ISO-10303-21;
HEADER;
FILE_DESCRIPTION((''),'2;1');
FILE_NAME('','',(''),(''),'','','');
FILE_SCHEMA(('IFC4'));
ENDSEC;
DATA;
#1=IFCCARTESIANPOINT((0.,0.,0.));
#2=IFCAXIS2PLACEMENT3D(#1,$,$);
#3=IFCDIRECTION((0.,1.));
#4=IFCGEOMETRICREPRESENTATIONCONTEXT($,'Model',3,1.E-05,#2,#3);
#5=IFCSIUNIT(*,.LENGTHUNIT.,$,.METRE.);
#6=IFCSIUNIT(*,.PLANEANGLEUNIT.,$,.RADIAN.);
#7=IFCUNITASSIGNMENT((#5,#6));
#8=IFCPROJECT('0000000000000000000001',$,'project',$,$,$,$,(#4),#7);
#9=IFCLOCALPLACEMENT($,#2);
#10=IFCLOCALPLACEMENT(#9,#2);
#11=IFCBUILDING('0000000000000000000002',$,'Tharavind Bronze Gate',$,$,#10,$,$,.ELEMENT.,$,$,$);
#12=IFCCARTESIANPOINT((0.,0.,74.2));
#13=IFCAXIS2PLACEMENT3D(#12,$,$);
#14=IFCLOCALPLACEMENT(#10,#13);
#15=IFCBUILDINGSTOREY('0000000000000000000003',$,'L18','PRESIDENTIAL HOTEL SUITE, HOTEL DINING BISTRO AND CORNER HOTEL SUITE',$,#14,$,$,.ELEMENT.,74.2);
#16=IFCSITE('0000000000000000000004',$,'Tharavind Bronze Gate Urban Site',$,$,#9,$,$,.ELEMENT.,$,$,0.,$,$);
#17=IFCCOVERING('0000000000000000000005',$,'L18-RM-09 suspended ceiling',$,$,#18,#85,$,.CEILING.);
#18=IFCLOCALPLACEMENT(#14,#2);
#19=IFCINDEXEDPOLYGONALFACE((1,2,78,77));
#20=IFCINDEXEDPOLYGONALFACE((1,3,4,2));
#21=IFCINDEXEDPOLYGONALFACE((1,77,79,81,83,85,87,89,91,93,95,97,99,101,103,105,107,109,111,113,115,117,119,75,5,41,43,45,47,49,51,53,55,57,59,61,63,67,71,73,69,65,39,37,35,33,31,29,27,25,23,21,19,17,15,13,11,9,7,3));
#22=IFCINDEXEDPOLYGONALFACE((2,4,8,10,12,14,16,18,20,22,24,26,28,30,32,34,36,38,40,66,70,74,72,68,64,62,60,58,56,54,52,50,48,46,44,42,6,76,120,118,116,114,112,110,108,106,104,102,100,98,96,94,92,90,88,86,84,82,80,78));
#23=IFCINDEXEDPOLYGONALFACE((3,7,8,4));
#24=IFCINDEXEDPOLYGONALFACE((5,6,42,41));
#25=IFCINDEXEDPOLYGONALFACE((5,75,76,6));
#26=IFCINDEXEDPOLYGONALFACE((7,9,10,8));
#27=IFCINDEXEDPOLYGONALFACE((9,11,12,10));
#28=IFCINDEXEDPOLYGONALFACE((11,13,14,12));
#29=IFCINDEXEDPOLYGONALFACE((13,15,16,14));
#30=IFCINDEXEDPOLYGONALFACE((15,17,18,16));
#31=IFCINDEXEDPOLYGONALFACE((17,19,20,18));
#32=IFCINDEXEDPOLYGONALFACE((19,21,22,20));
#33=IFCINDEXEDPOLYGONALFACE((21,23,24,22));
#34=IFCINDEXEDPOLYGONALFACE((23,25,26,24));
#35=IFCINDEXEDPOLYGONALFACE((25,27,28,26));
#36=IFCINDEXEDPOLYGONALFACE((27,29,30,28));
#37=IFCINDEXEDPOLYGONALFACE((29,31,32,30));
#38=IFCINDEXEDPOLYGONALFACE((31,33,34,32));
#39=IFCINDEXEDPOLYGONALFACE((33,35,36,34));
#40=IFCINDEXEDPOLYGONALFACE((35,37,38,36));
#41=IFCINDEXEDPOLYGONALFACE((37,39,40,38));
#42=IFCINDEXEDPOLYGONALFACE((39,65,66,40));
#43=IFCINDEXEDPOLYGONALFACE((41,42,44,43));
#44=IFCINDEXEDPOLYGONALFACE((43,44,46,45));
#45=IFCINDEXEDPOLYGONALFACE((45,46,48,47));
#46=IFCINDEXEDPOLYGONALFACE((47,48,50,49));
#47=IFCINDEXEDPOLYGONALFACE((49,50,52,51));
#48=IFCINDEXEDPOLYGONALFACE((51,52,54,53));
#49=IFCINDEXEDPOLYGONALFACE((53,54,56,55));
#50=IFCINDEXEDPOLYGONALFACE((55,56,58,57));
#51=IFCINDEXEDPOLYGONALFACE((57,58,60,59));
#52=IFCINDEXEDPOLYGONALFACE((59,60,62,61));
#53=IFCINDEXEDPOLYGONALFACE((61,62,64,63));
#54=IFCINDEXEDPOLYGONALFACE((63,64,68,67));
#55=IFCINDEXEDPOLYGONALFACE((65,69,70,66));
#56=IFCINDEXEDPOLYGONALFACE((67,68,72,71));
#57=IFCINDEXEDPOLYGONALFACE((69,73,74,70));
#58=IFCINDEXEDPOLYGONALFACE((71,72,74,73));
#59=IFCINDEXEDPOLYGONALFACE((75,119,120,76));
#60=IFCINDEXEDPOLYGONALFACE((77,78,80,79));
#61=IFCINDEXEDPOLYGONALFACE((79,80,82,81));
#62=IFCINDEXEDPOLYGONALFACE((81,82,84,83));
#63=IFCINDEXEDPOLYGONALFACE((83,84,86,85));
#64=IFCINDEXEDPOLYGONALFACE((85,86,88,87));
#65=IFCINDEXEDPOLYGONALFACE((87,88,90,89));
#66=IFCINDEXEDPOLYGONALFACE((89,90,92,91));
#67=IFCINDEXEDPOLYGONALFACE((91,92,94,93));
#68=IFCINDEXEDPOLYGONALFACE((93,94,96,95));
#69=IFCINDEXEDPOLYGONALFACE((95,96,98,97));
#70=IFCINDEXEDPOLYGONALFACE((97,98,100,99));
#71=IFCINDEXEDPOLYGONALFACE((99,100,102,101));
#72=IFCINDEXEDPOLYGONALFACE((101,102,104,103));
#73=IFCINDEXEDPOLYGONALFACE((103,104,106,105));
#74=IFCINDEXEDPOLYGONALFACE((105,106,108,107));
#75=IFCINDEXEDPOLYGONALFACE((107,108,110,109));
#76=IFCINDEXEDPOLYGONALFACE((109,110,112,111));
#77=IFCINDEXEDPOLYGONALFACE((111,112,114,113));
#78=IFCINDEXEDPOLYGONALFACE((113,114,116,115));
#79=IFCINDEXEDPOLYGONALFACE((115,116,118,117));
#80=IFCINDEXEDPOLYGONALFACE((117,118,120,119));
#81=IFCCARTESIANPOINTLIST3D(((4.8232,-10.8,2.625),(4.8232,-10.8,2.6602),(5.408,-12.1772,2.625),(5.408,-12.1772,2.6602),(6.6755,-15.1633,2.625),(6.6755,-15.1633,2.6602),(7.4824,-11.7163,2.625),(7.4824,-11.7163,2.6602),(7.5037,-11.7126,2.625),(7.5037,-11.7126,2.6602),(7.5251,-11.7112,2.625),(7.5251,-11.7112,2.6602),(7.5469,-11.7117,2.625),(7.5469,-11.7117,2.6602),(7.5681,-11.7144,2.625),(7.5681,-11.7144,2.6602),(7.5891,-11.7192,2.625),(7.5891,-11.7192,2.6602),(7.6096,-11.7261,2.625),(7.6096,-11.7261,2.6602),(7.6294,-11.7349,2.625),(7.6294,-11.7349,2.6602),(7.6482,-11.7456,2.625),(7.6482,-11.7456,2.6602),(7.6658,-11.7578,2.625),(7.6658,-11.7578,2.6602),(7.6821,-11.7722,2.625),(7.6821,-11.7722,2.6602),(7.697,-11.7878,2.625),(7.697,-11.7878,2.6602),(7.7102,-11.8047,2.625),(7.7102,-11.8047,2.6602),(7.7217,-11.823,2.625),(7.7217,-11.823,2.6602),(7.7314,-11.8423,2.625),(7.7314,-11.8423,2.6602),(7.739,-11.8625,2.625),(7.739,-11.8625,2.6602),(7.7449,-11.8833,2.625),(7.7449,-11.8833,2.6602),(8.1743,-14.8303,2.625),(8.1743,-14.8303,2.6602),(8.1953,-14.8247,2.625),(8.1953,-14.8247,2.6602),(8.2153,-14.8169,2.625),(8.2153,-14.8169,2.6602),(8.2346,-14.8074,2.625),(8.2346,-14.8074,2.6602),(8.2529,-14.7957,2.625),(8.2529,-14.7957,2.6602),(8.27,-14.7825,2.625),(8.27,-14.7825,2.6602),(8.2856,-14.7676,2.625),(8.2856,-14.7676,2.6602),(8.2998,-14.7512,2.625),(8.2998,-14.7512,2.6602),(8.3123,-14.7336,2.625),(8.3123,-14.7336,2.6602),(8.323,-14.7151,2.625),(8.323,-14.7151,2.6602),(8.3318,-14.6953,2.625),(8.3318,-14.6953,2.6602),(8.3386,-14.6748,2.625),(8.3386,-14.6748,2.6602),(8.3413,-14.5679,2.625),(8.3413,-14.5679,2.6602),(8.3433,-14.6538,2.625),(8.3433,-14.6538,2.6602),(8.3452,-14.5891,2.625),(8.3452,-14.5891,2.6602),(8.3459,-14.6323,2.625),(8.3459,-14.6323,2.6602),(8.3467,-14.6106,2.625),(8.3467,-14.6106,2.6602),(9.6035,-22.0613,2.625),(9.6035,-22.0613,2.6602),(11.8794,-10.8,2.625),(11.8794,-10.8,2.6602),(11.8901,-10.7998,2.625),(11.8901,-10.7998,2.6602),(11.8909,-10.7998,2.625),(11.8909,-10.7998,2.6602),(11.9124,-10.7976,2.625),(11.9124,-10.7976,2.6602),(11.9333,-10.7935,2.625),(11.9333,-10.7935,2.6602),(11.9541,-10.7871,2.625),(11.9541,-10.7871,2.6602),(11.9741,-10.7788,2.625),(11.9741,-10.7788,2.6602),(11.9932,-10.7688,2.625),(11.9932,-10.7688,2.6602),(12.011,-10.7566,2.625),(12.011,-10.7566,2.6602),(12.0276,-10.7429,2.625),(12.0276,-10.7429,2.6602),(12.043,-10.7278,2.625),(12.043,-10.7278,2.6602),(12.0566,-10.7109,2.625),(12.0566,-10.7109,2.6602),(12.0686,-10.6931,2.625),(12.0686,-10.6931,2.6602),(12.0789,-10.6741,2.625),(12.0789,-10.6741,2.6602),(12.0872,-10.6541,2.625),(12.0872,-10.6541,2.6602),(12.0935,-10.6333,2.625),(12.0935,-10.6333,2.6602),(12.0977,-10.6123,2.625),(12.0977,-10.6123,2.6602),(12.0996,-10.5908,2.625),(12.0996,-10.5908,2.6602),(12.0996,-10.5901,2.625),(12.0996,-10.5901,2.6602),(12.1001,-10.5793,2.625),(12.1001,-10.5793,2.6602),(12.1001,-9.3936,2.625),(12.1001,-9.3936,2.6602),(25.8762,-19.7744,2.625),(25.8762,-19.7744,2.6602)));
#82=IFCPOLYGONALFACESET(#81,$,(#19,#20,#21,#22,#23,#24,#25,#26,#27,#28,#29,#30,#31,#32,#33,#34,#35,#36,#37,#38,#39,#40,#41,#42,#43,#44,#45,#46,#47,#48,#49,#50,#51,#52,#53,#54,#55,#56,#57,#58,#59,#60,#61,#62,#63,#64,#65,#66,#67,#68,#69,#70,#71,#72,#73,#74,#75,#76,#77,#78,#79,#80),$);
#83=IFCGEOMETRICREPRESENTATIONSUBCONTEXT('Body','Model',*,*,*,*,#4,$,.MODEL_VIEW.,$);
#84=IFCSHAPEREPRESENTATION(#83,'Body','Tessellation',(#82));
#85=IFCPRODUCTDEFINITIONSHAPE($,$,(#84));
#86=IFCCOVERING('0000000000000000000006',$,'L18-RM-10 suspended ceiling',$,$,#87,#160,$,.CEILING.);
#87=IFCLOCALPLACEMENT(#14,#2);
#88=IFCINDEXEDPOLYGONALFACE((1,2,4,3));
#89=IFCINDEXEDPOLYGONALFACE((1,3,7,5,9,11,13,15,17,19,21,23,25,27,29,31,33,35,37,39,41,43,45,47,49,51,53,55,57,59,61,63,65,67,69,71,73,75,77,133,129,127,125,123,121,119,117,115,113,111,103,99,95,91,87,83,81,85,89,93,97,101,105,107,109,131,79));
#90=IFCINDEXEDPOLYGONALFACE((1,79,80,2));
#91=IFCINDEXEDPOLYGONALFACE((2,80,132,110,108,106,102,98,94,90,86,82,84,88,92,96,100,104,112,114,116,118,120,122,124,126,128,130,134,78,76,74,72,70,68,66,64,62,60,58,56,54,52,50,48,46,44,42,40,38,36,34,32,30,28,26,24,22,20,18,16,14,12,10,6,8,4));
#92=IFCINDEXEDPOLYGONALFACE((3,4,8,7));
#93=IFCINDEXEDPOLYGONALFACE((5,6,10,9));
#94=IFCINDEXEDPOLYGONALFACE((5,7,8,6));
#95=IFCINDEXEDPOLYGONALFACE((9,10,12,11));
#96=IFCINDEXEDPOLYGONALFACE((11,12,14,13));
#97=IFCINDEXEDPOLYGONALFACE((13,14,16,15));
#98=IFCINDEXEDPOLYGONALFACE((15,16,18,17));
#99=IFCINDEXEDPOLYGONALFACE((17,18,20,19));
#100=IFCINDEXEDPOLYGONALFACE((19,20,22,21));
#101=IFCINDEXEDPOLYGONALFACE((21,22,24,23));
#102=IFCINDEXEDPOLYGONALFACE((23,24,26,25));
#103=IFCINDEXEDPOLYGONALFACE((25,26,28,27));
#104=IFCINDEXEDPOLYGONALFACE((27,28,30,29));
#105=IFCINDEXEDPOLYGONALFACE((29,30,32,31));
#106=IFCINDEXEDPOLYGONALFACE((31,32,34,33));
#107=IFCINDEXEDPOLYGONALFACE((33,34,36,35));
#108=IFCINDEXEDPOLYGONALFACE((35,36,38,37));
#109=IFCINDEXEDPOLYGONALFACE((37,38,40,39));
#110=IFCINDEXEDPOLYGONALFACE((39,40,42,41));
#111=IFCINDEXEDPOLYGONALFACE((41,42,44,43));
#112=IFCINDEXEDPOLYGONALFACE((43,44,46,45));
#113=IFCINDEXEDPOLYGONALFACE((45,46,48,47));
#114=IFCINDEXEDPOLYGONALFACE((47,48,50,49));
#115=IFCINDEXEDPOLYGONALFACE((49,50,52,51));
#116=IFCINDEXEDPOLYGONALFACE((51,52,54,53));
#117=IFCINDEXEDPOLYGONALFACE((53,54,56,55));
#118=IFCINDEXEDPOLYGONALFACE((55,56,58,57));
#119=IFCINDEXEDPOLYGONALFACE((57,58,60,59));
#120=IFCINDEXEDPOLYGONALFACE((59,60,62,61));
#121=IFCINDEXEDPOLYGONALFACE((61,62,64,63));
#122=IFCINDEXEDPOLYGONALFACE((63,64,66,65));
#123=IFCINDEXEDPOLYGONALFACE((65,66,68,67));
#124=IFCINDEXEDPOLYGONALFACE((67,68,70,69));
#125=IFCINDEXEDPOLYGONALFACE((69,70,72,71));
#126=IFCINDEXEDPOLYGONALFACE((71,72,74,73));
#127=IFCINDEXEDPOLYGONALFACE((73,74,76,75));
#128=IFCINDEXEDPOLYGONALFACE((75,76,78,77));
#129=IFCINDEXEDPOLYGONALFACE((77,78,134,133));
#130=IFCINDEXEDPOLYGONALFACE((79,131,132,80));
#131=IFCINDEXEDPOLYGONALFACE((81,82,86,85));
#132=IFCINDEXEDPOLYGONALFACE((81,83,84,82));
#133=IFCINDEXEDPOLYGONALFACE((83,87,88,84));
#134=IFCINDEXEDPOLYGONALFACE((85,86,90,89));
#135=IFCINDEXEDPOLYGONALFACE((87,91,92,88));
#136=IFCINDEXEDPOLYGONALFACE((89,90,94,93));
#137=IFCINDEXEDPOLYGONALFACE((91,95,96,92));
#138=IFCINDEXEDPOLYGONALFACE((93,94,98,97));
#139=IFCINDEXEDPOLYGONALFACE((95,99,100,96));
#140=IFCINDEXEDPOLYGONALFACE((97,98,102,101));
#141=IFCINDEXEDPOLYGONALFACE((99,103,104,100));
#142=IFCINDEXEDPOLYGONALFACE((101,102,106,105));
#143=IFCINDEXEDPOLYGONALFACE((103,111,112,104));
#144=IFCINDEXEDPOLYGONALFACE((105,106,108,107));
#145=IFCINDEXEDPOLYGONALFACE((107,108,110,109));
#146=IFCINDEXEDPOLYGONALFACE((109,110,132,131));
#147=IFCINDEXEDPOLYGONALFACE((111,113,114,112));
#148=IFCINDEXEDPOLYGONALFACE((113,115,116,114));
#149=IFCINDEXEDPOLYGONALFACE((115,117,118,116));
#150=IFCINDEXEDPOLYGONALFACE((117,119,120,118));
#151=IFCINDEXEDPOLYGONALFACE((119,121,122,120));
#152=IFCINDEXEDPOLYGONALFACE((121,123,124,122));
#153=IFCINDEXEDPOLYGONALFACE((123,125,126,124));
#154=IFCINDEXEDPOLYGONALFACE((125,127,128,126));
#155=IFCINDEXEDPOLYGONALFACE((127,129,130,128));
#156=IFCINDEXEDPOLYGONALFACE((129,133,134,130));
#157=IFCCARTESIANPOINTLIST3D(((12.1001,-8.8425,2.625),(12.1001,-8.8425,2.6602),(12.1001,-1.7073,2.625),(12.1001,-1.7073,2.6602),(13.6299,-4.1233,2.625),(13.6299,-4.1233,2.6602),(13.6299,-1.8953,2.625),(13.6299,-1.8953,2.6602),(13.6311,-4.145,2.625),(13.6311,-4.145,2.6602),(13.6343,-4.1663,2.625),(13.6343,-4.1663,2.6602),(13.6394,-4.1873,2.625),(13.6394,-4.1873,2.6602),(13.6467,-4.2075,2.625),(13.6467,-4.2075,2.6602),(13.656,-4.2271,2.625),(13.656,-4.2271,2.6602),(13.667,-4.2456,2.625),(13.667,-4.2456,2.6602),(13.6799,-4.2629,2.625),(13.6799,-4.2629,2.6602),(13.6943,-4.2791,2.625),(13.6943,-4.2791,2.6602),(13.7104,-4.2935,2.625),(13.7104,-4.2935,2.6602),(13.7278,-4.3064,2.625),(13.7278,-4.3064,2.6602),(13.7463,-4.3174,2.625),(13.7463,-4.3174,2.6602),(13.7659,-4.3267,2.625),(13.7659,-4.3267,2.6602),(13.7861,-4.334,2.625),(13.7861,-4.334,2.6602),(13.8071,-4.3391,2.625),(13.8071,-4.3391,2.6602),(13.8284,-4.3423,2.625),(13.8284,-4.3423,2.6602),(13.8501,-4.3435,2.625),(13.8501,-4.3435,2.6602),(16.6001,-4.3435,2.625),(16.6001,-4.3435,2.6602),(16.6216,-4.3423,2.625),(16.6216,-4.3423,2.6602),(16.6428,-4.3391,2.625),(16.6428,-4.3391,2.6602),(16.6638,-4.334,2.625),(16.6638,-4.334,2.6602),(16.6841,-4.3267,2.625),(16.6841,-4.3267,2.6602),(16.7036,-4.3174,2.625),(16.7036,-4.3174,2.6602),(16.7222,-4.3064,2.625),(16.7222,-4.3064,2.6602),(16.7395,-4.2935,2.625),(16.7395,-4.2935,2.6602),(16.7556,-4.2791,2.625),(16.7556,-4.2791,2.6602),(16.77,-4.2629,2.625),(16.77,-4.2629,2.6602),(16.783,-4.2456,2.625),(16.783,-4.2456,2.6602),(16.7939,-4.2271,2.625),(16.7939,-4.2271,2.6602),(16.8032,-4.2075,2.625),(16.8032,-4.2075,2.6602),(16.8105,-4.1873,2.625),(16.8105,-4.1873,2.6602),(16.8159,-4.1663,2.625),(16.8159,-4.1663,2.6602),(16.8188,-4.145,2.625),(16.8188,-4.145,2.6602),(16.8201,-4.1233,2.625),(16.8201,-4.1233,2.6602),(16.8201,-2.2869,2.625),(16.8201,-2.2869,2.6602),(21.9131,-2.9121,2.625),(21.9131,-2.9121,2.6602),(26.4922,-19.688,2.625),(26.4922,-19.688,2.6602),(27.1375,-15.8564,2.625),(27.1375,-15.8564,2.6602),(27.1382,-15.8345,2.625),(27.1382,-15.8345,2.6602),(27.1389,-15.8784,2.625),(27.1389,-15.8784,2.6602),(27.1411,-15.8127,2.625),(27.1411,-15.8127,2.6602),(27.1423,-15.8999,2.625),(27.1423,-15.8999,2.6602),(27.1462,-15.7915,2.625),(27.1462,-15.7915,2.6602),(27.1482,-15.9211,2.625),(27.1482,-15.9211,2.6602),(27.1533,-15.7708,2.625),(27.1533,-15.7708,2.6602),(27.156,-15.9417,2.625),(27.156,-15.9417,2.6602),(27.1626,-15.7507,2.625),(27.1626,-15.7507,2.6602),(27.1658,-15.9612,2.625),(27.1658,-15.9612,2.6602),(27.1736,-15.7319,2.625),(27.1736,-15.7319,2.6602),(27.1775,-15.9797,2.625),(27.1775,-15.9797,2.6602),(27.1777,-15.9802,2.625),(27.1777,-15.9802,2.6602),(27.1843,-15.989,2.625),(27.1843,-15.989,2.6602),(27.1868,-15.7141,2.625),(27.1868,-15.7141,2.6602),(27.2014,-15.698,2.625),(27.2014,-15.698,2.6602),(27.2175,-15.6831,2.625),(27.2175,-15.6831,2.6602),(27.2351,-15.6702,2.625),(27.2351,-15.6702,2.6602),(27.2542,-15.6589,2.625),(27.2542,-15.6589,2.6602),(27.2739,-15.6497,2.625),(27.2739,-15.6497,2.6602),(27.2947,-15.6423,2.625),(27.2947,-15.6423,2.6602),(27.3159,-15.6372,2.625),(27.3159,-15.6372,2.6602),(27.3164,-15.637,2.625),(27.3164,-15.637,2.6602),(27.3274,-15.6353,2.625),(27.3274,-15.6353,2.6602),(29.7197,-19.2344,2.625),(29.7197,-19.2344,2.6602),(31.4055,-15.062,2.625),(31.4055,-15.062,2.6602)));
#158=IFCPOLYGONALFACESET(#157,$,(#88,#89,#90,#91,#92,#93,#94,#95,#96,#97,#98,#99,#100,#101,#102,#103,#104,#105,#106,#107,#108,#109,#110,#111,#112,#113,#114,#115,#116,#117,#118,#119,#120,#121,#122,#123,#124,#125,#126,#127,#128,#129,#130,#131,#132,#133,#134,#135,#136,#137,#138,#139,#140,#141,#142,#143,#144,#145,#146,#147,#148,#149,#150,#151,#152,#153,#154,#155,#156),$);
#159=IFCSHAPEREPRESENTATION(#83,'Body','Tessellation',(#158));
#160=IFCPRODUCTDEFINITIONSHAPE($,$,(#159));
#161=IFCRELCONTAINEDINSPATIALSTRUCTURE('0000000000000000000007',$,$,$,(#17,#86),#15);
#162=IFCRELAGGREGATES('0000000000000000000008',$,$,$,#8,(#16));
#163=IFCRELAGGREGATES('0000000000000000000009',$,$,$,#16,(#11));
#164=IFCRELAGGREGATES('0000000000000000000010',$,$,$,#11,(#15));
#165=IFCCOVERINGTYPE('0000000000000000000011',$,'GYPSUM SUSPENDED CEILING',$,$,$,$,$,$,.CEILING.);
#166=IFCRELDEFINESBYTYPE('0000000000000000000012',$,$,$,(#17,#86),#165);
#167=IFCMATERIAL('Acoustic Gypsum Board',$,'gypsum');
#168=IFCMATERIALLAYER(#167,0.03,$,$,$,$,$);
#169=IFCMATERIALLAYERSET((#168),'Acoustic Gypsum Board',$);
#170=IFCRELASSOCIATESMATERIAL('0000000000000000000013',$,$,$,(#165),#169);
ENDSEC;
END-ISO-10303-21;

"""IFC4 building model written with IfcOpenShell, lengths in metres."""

from ifc_helpers import new_model, si_unit, direction, frame, origin, place, context, subcontext, project, spatial, polyline, outline, extrude, material, layer, layer_set, type_object, element, save


model = new_model("IFC4")

# Units and contexts
model_context = context("Model", 3, precision=1e-05, world=origin(), true_north=direction((0.0, 1.0)))
body_context = subcontext(model_context, "Body", "Model", "MODEL_VIEW")
ifc_project = project(units=[si_unit("LENGTHUNIT", "METRE"), si_unit("PLANEANGLEUNIT", "RADIAN")], contexts=[model_context])

# Site, building, storey
site_placement = place(None, origin())
site = spatial("IfcSite", under=ifc_project, at=site_placement, Name="Tharavind Bronze Gate Urban Site", CompositionType="ELEMENT", RefElevation=0.0)
building_placement = place(site_placement, origin())
building = spatial("IfcBuilding", under=site, at=building_placement, Name="Tharavind Bronze Gate", CompositionType="ELEMENT")
storey_placement = place(building_placement, frame((0.0, 0.0, 74.2)))
storey = spatial("IfcBuildingStorey", under=building, at=storey_placement, Name="L18", Description="PRESIDENTIAL HOTEL SUITE, HOTEL DINING BISTRO AND CORNER HOTEL SUITE", CompositionType="ELEMENT", Elevation=74.2)

# Coverings
ifc_material_1 = material(Name="Acoustic Gypsum Board", Category="gypsum")
ifc_layer_1 = layer(ifc_material_1, 0.03)
ifc_layer_set_1 = layer_set([ifc_layer_1], Name="Acoustic Gypsum Board")
covering_type_1 = type_object("IfcCoveringType", Name="GYPSUM SUSPENDED CEILING", PredefinedType="CEILING", material=ifc_layer_set_1)
covering_1_placement = place(storey_placement, frame((0.0, 0.0, 2.625)))
element("IfcCovering", 1, at=covering_1_placement, inside=storey, type_object=covering_type_1, Name="L18-RM-09 suspended ceiling", PredefinedType="CEILING", context=body_context, shape_type="SweptSolid", body=[
    extrude(outline(polyline([(5.408, -12.1772), (7.4824, -11.7163), (7.5037, -11.7126), (7.5251, -11.7112), (7.5469, -11.7117), (7.5681, -11.7144), (7.5891, -11.7192), (7.6096, -11.7261), (7.6294, -11.7349), (7.6482, -11.7456), (7.6658, -11.7578), (7.6821, -11.7722), (7.697, -11.7878), (7.7102, -11.8047), (7.7217, -11.823), (7.7314, -11.8423), (7.739, -11.8625), (7.7449, -11.8833), (8.3413, -14.5679), (8.3452, -14.5891), (8.3467, -14.6106), (8.3459, -14.6323), (8.3433, -14.6538), (8.3386, -14.6748), (8.3318, -14.6953), (8.323, -14.7151), (8.3123, -14.7336), (8.2998, -14.7512), (8.2856, -14.7676), (8.27, -14.7825), (8.2529, -14.7957), (8.2346, -14.8074), (8.2153, -14.8169), (8.1953, -14.8247), (8.1743, -14.8303), (6.6755, -15.1633), (9.6035, -22.0613), (25.8762, -19.7744), (12.1001, -9.3936), (12.1001, -10.5793), (12.0996, -10.5901), (12.0996, -10.5908), (12.0977, -10.6123), (12.0935, -10.6333), (12.0872, -10.6541), (12.0789, -10.6741), (12.0686, -10.6931), (12.0566, -10.7109), (12.043, -10.7278), (12.0276, -10.7429), (12.011, -10.7566), (11.9932, -10.7688), (11.9741, -10.7788), (11.9541, -10.7871), (11.9333, -10.7935), (11.9124, -10.7976), (11.8909, -10.7998), (11.8901, -10.7998), (11.8794, -10.8), (4.8232, -10.8), (5.408, -12.1772)])), origin(), (0.0, 0.0, 1.0), 0.0352),
])
covering_2_placement = place(storey_placement, frame((0.0, 0.0, 2.625)))
element("IfcCovering", 2, at=covering_2_placement, inside=storey, type_object=covering_type_1, Name="L18-RM-10 suspended ceiling", PredefinedType="CEILING", context=body_context, shape_type="SweptSolid", body=[
    extrude(outline(polyline([(12.1001, -8.8425), (26.4922, -19.688), (29.7197, -19.2344), (27.1843, -15.989), (27.1777, -15.9802), (27.1775, -15.9797), (27.1658, -15.9612), (27.156, -15.9417), (27.1482, -15.9211), (27.1423, -15.8999), (27.1389, -15.8784), (27.1375, -15.8564), (27.1382, -15.8345), (27.1411, -15.8127), (27.1462, -15.7915), (27.1533, -15.7708), (27.1626, -15.7507), (27.1736, -15.7319), (27.1868, -15.7141), (27.2014, -15.698), (27.2175, -15.6831), (27.2351, -15.6702), (27.2542, -15.6589), (27.2739, -15.6497), (27.2947, -15.6423), (27.3159, -15.6372), (27.3164, -15.637), (27.3274, -15.6353), (31.4055, -15.062), (21.9131, -2.9121), (16.8201, -2.2869), (16.8201, -4.1233), (16.8188, -4.145), (16.8159, -4.1663), (16.8105, -4.1873), (16.8032, -4.2075), (16.7939, -4.2271), (16.783, -4.2456), (16.77, -4.2629), (16.7556, -4.2791), (16.7395, -4.2935), (16.7222, -4.3064), (16.7036, -4.3174), (16.6841, -4.3267), (16.6638, -4.334), (16.6428, -4.3391), (16.6216, -4.3423), (16.6001, -4.3435), (13.8501, -4.3435), (13.8284, -4.3423), (13.8071, -4.3391), (13.7861, -4.334), (13.7659, -4.3267), (13.7463, -4.3174), (13.7278, -4.3064), (13.7104, -4.2935), (13.6943, -4.2791), (13.6799, -4.2629), (13.667, -4.2456), (13.656, -4.2271), (13.6467, -4.2075), (13.6394, -4.1873), (13.6343, -4.1663), (13.6311, -4.145), (13.6299, -4.1233), (13.6299, -1.8953), (12.1001, -1.7073), (12.1001, -8.8425)])), origin(), (0.0, 0.0, 1.0), 0.0352),
])

save(model, "model.ifc")
